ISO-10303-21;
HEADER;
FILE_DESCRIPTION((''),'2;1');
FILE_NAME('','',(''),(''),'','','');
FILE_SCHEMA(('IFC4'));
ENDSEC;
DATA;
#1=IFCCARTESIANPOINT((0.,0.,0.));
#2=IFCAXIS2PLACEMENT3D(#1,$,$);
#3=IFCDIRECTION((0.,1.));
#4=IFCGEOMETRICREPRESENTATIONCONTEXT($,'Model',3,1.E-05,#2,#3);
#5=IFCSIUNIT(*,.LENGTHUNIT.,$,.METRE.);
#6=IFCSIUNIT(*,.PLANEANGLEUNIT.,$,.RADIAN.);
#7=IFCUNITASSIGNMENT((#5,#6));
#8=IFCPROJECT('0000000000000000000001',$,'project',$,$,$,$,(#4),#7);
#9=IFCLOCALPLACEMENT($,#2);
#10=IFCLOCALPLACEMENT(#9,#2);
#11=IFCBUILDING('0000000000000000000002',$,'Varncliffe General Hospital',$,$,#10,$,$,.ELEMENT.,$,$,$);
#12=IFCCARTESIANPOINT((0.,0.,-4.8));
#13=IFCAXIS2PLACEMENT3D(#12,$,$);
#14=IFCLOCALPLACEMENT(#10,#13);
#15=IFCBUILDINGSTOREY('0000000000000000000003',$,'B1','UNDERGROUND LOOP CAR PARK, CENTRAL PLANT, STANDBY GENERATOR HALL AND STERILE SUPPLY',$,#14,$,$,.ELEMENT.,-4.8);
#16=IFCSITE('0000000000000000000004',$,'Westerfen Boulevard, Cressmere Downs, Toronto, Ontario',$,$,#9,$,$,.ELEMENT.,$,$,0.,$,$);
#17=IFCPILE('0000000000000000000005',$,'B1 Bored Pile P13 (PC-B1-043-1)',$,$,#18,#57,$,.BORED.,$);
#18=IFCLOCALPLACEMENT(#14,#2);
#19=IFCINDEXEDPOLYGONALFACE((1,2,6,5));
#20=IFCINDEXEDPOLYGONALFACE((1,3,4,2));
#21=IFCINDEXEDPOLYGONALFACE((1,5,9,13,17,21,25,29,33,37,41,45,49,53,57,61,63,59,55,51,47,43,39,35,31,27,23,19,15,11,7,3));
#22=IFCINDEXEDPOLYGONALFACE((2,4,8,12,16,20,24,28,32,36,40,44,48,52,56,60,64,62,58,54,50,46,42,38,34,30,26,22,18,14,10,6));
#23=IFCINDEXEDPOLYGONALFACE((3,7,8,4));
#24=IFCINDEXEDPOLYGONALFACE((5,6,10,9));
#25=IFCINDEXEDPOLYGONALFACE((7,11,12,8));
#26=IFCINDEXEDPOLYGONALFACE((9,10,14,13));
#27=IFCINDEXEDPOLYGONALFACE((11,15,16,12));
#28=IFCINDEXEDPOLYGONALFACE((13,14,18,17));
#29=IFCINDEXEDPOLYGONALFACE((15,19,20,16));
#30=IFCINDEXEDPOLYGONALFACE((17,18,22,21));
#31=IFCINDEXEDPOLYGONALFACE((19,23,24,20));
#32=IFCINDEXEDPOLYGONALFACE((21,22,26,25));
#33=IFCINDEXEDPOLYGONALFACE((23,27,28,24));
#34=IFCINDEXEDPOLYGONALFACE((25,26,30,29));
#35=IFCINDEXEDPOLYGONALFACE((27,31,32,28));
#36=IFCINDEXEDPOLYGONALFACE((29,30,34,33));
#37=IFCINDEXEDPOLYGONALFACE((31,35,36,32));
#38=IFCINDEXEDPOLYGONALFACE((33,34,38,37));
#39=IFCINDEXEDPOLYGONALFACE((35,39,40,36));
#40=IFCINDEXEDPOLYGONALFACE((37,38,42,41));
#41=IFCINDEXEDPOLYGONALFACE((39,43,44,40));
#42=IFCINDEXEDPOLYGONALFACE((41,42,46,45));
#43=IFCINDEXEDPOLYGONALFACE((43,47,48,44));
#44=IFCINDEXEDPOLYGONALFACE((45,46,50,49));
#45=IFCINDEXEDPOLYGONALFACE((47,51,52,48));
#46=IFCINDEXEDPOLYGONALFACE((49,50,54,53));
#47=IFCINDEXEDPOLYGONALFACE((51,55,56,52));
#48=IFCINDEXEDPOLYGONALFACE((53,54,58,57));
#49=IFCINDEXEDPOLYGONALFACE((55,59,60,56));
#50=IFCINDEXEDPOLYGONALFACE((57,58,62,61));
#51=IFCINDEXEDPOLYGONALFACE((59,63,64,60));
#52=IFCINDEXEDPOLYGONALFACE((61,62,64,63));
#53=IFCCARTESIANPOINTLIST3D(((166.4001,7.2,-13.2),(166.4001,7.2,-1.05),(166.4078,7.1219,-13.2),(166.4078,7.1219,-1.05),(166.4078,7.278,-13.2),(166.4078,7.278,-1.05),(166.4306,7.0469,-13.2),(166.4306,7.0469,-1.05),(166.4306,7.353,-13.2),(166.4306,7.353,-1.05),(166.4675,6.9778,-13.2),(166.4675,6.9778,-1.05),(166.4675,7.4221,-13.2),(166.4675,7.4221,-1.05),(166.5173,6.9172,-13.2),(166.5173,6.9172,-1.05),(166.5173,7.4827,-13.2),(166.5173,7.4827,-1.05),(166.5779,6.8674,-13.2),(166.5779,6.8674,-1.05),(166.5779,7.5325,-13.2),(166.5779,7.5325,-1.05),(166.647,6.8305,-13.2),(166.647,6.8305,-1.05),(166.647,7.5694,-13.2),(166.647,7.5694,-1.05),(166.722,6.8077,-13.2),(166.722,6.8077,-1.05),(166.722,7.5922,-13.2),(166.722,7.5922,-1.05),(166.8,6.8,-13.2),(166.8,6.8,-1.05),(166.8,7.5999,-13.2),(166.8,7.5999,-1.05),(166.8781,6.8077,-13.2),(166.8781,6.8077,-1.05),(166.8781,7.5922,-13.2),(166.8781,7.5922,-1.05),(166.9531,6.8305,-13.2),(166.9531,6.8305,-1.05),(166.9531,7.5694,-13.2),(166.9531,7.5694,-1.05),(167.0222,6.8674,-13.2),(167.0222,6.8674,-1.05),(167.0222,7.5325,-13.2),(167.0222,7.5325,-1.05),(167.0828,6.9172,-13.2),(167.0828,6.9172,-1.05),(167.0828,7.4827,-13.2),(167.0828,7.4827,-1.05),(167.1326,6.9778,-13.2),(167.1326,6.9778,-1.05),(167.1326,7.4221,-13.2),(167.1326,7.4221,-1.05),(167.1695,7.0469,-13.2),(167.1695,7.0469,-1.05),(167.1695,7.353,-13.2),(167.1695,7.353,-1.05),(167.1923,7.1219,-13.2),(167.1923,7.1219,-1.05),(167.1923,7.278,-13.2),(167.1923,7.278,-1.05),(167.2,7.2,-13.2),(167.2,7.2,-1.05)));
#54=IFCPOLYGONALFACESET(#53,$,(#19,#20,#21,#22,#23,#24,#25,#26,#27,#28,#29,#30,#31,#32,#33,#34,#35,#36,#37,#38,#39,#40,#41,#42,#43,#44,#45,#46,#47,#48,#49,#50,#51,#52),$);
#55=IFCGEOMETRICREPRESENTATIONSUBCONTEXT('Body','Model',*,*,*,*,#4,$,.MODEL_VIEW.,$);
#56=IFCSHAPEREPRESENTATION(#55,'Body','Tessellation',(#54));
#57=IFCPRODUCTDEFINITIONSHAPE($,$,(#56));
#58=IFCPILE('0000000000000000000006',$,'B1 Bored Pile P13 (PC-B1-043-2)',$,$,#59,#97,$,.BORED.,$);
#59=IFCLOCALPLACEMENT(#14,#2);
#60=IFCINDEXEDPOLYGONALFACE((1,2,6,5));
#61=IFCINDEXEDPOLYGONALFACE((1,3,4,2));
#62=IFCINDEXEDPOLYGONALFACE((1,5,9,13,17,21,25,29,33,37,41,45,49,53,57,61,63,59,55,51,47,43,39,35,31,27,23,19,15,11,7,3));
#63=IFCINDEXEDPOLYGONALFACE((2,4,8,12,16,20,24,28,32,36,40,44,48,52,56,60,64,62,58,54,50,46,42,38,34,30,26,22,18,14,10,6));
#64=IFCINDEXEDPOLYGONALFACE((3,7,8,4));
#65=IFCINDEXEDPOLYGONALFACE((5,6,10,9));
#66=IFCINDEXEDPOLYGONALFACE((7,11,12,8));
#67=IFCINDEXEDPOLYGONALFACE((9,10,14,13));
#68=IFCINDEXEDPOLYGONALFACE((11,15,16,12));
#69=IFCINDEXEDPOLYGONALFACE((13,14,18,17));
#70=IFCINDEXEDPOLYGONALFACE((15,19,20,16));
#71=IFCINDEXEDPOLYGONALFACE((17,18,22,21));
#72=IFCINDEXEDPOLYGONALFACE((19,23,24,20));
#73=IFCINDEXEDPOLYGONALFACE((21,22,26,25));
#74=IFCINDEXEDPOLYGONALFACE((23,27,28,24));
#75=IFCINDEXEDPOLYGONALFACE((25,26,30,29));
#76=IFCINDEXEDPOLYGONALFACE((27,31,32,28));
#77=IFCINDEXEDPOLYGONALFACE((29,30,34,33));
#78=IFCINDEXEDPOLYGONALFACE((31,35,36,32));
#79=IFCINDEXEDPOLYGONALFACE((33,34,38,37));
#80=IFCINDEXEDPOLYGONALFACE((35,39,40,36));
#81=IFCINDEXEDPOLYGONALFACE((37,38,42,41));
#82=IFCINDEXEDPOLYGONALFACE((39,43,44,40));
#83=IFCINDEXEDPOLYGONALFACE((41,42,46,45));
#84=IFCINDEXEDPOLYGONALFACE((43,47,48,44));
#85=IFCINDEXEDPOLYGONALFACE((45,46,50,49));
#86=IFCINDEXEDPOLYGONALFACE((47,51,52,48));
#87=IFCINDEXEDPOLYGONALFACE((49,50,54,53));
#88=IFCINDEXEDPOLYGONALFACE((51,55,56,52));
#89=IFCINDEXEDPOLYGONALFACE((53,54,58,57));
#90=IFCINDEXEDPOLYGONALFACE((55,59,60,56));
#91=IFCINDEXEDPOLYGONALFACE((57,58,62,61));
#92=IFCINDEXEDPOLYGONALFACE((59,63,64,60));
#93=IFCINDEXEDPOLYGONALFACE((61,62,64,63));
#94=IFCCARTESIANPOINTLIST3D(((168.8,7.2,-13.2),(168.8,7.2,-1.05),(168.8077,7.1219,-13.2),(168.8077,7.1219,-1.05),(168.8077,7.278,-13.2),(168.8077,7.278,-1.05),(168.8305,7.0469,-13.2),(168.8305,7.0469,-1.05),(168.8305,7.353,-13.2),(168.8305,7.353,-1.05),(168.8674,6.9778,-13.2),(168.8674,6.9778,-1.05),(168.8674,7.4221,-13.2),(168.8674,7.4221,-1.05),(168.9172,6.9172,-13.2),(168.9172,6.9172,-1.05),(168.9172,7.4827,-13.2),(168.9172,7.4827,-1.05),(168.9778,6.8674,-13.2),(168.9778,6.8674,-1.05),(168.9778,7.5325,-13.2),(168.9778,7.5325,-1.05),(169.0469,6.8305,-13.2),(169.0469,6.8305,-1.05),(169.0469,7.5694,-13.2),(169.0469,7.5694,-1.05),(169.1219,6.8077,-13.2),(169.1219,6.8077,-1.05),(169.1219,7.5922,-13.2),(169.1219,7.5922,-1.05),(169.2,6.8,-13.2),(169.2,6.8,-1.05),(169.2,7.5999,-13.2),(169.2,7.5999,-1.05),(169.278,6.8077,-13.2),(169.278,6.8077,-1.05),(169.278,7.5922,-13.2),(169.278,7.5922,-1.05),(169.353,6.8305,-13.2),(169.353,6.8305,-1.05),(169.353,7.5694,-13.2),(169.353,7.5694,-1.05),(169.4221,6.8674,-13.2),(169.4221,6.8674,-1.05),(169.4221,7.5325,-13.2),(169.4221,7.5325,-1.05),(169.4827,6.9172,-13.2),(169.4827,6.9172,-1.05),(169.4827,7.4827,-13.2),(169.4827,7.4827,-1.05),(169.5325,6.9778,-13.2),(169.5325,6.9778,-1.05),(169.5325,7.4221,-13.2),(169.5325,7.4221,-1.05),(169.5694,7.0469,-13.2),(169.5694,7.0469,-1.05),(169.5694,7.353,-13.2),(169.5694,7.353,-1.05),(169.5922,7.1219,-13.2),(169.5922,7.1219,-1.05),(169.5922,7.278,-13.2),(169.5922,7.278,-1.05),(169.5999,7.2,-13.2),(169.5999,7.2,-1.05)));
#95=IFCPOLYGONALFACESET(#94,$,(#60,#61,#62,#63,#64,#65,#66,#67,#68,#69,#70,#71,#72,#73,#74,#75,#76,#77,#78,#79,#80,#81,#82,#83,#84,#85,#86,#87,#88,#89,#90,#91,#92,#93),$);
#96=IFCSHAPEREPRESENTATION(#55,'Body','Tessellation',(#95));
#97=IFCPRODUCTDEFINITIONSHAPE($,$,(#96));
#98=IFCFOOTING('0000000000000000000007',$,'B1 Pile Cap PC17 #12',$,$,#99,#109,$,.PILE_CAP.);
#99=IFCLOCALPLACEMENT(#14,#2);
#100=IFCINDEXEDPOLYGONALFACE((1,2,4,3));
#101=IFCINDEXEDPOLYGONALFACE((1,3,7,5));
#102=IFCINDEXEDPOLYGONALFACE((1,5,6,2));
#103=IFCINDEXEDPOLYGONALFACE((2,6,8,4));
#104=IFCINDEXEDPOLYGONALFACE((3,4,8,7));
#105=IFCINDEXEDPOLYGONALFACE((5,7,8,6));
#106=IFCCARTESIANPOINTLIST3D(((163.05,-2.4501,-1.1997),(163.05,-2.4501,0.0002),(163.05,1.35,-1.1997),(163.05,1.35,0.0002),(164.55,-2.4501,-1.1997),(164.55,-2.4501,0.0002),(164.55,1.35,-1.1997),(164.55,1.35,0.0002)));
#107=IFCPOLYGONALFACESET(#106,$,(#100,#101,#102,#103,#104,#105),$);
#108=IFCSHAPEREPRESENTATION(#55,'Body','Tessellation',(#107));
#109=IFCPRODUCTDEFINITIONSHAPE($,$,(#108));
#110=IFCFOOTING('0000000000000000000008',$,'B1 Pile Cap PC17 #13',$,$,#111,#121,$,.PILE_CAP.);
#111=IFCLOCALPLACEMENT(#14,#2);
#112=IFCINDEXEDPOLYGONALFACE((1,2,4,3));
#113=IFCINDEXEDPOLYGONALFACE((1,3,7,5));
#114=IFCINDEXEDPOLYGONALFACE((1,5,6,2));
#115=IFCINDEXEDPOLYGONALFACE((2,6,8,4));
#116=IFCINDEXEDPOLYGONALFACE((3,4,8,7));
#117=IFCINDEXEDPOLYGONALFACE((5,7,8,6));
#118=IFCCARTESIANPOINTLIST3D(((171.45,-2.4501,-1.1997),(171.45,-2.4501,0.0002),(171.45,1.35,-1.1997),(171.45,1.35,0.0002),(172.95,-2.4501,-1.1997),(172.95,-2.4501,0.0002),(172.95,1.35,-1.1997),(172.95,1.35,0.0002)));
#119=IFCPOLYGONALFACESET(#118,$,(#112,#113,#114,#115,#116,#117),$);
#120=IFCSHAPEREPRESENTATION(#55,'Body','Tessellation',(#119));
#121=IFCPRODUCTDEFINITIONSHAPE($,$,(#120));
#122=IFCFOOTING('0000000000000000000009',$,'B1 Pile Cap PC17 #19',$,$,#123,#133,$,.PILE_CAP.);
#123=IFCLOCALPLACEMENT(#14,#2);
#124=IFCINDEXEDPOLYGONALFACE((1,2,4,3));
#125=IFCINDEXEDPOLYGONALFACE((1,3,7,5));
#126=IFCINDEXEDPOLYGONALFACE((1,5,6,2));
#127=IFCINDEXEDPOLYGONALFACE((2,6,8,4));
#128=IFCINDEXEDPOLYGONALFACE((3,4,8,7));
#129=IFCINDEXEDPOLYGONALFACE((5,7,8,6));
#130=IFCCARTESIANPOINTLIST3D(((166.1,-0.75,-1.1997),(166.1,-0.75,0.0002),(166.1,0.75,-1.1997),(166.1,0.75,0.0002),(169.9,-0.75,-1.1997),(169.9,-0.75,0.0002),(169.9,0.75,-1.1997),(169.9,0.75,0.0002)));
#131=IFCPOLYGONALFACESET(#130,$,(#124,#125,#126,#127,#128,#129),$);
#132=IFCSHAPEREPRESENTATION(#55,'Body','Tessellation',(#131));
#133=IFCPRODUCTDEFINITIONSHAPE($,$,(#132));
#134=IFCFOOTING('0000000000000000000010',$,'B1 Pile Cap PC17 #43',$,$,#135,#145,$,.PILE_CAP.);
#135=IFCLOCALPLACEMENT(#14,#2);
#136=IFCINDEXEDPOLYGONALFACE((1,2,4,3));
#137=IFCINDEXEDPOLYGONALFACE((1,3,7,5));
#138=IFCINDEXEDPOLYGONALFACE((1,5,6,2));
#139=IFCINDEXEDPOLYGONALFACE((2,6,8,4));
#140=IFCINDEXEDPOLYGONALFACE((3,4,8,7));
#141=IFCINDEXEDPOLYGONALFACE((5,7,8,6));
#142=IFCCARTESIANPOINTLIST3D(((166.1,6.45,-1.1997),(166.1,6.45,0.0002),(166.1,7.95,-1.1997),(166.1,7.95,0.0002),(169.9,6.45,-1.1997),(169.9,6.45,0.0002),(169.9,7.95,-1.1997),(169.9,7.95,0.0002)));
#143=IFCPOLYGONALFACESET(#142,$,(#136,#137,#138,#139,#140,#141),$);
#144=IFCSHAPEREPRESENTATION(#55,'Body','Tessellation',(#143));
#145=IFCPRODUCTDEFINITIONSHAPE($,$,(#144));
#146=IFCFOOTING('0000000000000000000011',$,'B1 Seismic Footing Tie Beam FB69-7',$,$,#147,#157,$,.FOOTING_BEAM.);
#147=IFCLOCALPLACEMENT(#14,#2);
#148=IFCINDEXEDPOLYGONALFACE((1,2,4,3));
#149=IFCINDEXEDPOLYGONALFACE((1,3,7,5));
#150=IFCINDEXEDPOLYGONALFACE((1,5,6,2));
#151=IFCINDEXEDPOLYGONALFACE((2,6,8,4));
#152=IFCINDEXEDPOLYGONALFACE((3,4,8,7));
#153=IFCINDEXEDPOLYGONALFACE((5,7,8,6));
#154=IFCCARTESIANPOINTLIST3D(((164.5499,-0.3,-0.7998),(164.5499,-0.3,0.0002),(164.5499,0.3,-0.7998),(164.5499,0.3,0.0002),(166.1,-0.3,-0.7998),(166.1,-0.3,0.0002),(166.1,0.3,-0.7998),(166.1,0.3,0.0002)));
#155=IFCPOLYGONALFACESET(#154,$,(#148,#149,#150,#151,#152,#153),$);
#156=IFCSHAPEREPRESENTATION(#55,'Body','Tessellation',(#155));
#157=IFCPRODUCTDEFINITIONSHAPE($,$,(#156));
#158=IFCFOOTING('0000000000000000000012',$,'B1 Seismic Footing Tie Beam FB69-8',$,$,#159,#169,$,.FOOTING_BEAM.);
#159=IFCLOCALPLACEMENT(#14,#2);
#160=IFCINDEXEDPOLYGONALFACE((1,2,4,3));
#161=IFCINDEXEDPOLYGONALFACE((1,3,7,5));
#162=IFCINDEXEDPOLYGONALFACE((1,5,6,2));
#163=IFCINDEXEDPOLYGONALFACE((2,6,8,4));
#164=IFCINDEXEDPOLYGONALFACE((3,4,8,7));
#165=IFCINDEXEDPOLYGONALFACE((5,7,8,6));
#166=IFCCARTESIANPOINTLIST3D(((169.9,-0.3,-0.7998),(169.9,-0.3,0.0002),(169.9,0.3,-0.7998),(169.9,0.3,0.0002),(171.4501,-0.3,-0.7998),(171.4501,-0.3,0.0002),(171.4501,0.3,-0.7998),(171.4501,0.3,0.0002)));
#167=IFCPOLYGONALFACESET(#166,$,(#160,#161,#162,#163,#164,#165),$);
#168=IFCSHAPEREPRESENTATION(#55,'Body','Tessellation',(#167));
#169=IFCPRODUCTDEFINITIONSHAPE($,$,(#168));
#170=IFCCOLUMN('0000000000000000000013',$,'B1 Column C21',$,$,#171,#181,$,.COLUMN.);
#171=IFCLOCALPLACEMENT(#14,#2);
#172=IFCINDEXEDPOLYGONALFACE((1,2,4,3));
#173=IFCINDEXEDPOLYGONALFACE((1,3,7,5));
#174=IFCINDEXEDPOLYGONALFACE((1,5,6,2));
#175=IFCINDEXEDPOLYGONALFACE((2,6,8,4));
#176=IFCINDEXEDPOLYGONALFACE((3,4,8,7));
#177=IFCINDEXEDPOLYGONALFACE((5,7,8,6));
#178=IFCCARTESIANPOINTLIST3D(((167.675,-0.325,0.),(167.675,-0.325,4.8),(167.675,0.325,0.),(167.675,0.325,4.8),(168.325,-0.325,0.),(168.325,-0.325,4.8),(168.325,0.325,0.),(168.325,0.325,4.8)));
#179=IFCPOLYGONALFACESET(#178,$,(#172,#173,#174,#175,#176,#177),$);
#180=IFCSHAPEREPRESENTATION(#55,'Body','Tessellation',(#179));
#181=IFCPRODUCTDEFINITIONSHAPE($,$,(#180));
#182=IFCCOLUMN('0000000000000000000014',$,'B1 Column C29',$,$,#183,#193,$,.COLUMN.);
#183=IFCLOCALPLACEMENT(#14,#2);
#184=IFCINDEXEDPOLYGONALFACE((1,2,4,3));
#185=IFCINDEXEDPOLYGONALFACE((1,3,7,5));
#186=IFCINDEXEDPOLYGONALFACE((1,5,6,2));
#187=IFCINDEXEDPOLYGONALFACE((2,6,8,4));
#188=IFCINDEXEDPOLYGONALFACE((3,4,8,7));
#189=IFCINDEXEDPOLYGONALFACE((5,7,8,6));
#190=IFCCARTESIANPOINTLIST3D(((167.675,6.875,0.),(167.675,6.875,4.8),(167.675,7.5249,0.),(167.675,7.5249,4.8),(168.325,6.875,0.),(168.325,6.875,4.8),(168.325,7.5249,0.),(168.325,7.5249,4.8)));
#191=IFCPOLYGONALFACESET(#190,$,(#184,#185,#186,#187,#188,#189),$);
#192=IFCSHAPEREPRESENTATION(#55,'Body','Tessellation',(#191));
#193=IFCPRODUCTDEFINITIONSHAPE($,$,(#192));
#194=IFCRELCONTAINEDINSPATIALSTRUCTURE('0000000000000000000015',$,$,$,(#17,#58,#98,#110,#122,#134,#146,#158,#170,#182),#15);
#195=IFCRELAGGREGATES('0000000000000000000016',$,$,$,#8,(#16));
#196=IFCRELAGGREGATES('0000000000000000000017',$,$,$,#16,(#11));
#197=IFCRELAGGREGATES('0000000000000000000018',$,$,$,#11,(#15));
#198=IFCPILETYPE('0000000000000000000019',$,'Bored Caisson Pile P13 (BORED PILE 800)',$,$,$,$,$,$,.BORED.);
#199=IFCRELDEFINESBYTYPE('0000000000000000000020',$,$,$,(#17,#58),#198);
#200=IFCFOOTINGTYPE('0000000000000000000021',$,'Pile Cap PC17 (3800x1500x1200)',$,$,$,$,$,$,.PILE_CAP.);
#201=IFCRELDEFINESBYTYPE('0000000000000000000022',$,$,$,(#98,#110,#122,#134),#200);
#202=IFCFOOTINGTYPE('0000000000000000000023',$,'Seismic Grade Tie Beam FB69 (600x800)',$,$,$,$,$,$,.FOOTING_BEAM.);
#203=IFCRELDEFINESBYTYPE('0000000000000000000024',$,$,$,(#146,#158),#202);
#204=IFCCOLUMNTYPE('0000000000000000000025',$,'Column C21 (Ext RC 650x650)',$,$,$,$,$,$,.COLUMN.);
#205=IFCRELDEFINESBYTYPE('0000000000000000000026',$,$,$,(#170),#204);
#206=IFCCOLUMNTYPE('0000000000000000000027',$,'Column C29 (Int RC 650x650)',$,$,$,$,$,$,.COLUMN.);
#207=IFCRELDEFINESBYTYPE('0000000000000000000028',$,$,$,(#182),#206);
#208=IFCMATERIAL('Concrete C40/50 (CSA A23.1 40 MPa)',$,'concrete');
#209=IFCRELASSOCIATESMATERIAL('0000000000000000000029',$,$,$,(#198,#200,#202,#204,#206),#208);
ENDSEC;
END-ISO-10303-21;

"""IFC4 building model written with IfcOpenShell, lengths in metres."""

from ifc_helpers import new_model, si_unit, direction, frame, origin, origin_2d, place, context, subcontext, project, spatial, rectangle, circle, extrude, material, material_profile, profile_set, type_object, element, save


model = new_model("IFC4")

# Units and contexts
model_context = context("Model", 3, precision=1e-05, world=origin(), true_north=direction((0.0, 1.0)))
body_context = subcontext(model_context, "Body", "Model", "MODEL_VIEW")
ifc_project = project(units=[si_unit("LENGTHUNIT", "METRE"), si_unit("PLANEANGLEUNIT", "RADIAN")], contexts=[model_context])

# Site, building, storey
site_placement = place(None, origin())
site = spatial("IfcSite", under=ifc_project, at=site_placement, Name="Westerfen Boulevard, Cressmere Downs, Toronto, Ontario", CompositionType="ELEMENT", RefElevation=0.0)
building_placement = place(site_placement, origin())
building = spatial("IfcBuilding", under=site, at=building_placement, Name="Varncliffe General Hospital", CompositionType="ELEMENT")
storey_placement = place(building_placement, frame((0.0, 0.0, -4.8)))
storey = spatial("IfcBuildingStorey", under=building, at=storey_placement, Name="B1", Description="UNDERGROUND LOOP CAR PARK, CENTRAL PLANT, STANDBY GENERATOR HALL AND STERILE SUPPLY", CompositionType="ELEMENT", Elevation=-4.8)

# Piles
ifc_material_1 = material(Name="Concrete C40/50 (CSA A23.1 40 MPa)", Category="concrete")
ifc_material_profile_1 = material_profile(ifc_material_1, circle(Radius=0.3999, at=origin_2d()), Name="BORED PILE 800")
ifc_profile_set_1 = profile_set([ifc_material_profile_1], Name="Concrete C40/50 (CSA A23.1 40 MPa)")
pile_type = type_object("IfcPileType", Name="Bored Caisson Pile P13 (BORED PILE 800)", PredefinedType="BORED", material=ifc_profile_set_1)
for number, where, z_axis, x_axis, name in (
    (1, (166.8, 7.2, -1.05), (0.0, 0.0, -1.0), (1.0, 0.0, 0.0), "B1 Bored Pile P13 (PC-B1-043-1)"),
    (2, (169.2, 7.2, -1.05), (0.0, 0.0, -1.0), (1.0, 0.0, 0.0), "B1 Bored Pile P13 (PC-B1-043-2)"),
):
    element("IfcPile", number, at=place(storey_placement, frame(where, z_axis=z_axis, x_axis=x_axis)), inside=storey, type_object=pile_type, Name=name, PredefinedType="BORED", context=body_context, shape_type="SweptSolid", body=[
        extrude(circle(Radius=0.3999, at=origin_2d()), origin(), (0.0, 0.0, 1.0), 12.1499),
    ])

# Footings
footing_type_1 = type_object("IfcFootingType", Name="Pile Cap PC17 (3800x1500x1200)", PredefinedType="PILE_CAP", material=ifc_material_1)
for number, where, z_axis, x_axis, name in (
    (3, (163.8, -0.55, -1.1997), (0.0, 0.0, 1.0), (1.0, 0.0, 0.0), "B1 Pile Cap PC17 #12"),
    (4, (172.2, -0.55, -1.1997), (0.0, 0.0, 1.0), (1.0, 0.0, 0.0), "B1 Pile Cap PC17 #13"),
):
    element("IfcFooting", number, at=place(storey_placement, frame(where, z_axis=z_axis, x_axis=x_axis)), inside=storey, type_object=footing_type_1, Name=name, PredefinedType="PILE_CAP", context=body_context, shape_type="SweptSolid", body=[
        extrude(rectangle(XDim=1.5, YDim=3.8, at=origin_2d()), origin(), (0.0, 0.0, 1.0), 1.2),
    ])
for number, where, z_axis, x_axis, name in (
    (5, (168.0, 0.0, -1.1997), (0.0, 0.0, 1.0), (1.0, 0.0, 0.0), "B1 Pile Cap PC17 #19"),
    (6, (168.0, 7.2, -1.1997), (0.0, 0.0, 1.0), (1.0, 0.0, 0.0), "B1 Pile Cap PC17 #43"),
):
    element("IfcFooting", number, at=place(storey_placement, frame(where, z_axis=z_axis, x_axis=x_axis)), inside=storey, type_object=footing_type_1, Name=name, PredefinedType="PILE_CAP", context=body_context, shape_type="SweptSolid", body=[
        extrude(rectangle(XDim=3.8, YDim=1.5, at=origin_2d()), origin(), (0.0, 0.0, 1.0), 1.2),
    ])
footing_type_2 = type_object("IfcFootingType", Name="Seismic Grade Tie Beam FB69 (600x800)", PredefinedType="FOOTING_BEAM", material=ifc_material_1)
for number, where, z_axis, x_axis, name in (
    (7, (165.325, 0.0, -0.7998), (0.0, 0.0, 1.0), (1.0, 0.0, 0.0), "B1 Seismic Footing Tie Beam FB69-7"),
    (8, (170.675, 0.0, -0.7998), (0.0, 0.0, 1.0), (1.0, 0.0, 0.0), "B1 Seismic Footing Tie Beam FB69-8"),
):
    element("IfcFooting", number, at=place(storey_placement, frame(where, z_axis=z_axis, x_axis=x_axis)), inside=storey, type_object=footing_type_2, Name=name, PredefinedType="FOOTING_BEAM", context=body_context, shape_type="SweptSolid", body=[
        extrude(rectangle(XDim=1.55, YDim=0.6001, at=origin_2d()), origin(), (0.0, 0.0, 1.0), 0.8),
    ])

# Columns
ifc_material_profile_2 = material_profile(ifc_material_1, rectangle(XDim=0.6499, YDim=0.6499, at=origin_2d()), Name="RC 650x650")
ifc_profile_set_2 = profile_set([ifc_material_profile_2], Name="Concrete C40/50 (CSA A23.1 40 MPa)")
column_type_1 = type_object("IfcColumnType", Name="Column C21 (Ext RC 650x650)", PredefinedType="COLUMN", material=ifc_profile_set_2)
column_1_placement = place(storey_placement, frame((168.0, 0.0, 0.0), z_axis=(0.0, 0.0, 1.0), x_axis=(1.0, 0.0, 0.0)))
element("IfcColumn", 9, at=column_1_placement, inside=storey, type_object=column_type_1, Name="B1 Column C21", PredefinedType="COLUMN", context=body_context, shape_type="SweptSolid", body=[
    extrude(rectangle(XDim=0.6499, YDim=0.6499, at=origin_2d()), origin(), (0.0, 0.0, 1.0), 4.8),
])
ifc_material_profile_3 = material_profile(ifc_material_1, rectangle(XDim=0.6499, YDim=0.6499, at=origin_2d()), Name="RC 650x650")
ifc_profile_set_3 = profile_set([ifc_material_profile_3], Name="Concrete C40/50 (CSA A23.1 40 MPa)")
column_type_2 = type_object("IfcColumnType", Name="Column C29 (Int RC 650x650)", PredefinedType="COLUMN", material=ifc_profile_set_3)
column_2_placement = place(storey_placement, frame((168.0, 7.2, 0.0), z_axis=(0.0, 0.0, 1.0), x_axis=(1.0, 0.0, 0.0)))
element("IfcColumn", 10, at=column_2_placement, inside=storey, type_object=column_type_2, Name="B1 Column C29", PredefinedType="COLUMN", context=body_context, shape_type="SweptSolid", body=[
    extrude(rectangle(XDim=0.6499, YDim=0.6499, at=origin_2d()), origin(), (0.0, 0.0, 1.0), 4.8),
])

save(model, "model.ifc")
